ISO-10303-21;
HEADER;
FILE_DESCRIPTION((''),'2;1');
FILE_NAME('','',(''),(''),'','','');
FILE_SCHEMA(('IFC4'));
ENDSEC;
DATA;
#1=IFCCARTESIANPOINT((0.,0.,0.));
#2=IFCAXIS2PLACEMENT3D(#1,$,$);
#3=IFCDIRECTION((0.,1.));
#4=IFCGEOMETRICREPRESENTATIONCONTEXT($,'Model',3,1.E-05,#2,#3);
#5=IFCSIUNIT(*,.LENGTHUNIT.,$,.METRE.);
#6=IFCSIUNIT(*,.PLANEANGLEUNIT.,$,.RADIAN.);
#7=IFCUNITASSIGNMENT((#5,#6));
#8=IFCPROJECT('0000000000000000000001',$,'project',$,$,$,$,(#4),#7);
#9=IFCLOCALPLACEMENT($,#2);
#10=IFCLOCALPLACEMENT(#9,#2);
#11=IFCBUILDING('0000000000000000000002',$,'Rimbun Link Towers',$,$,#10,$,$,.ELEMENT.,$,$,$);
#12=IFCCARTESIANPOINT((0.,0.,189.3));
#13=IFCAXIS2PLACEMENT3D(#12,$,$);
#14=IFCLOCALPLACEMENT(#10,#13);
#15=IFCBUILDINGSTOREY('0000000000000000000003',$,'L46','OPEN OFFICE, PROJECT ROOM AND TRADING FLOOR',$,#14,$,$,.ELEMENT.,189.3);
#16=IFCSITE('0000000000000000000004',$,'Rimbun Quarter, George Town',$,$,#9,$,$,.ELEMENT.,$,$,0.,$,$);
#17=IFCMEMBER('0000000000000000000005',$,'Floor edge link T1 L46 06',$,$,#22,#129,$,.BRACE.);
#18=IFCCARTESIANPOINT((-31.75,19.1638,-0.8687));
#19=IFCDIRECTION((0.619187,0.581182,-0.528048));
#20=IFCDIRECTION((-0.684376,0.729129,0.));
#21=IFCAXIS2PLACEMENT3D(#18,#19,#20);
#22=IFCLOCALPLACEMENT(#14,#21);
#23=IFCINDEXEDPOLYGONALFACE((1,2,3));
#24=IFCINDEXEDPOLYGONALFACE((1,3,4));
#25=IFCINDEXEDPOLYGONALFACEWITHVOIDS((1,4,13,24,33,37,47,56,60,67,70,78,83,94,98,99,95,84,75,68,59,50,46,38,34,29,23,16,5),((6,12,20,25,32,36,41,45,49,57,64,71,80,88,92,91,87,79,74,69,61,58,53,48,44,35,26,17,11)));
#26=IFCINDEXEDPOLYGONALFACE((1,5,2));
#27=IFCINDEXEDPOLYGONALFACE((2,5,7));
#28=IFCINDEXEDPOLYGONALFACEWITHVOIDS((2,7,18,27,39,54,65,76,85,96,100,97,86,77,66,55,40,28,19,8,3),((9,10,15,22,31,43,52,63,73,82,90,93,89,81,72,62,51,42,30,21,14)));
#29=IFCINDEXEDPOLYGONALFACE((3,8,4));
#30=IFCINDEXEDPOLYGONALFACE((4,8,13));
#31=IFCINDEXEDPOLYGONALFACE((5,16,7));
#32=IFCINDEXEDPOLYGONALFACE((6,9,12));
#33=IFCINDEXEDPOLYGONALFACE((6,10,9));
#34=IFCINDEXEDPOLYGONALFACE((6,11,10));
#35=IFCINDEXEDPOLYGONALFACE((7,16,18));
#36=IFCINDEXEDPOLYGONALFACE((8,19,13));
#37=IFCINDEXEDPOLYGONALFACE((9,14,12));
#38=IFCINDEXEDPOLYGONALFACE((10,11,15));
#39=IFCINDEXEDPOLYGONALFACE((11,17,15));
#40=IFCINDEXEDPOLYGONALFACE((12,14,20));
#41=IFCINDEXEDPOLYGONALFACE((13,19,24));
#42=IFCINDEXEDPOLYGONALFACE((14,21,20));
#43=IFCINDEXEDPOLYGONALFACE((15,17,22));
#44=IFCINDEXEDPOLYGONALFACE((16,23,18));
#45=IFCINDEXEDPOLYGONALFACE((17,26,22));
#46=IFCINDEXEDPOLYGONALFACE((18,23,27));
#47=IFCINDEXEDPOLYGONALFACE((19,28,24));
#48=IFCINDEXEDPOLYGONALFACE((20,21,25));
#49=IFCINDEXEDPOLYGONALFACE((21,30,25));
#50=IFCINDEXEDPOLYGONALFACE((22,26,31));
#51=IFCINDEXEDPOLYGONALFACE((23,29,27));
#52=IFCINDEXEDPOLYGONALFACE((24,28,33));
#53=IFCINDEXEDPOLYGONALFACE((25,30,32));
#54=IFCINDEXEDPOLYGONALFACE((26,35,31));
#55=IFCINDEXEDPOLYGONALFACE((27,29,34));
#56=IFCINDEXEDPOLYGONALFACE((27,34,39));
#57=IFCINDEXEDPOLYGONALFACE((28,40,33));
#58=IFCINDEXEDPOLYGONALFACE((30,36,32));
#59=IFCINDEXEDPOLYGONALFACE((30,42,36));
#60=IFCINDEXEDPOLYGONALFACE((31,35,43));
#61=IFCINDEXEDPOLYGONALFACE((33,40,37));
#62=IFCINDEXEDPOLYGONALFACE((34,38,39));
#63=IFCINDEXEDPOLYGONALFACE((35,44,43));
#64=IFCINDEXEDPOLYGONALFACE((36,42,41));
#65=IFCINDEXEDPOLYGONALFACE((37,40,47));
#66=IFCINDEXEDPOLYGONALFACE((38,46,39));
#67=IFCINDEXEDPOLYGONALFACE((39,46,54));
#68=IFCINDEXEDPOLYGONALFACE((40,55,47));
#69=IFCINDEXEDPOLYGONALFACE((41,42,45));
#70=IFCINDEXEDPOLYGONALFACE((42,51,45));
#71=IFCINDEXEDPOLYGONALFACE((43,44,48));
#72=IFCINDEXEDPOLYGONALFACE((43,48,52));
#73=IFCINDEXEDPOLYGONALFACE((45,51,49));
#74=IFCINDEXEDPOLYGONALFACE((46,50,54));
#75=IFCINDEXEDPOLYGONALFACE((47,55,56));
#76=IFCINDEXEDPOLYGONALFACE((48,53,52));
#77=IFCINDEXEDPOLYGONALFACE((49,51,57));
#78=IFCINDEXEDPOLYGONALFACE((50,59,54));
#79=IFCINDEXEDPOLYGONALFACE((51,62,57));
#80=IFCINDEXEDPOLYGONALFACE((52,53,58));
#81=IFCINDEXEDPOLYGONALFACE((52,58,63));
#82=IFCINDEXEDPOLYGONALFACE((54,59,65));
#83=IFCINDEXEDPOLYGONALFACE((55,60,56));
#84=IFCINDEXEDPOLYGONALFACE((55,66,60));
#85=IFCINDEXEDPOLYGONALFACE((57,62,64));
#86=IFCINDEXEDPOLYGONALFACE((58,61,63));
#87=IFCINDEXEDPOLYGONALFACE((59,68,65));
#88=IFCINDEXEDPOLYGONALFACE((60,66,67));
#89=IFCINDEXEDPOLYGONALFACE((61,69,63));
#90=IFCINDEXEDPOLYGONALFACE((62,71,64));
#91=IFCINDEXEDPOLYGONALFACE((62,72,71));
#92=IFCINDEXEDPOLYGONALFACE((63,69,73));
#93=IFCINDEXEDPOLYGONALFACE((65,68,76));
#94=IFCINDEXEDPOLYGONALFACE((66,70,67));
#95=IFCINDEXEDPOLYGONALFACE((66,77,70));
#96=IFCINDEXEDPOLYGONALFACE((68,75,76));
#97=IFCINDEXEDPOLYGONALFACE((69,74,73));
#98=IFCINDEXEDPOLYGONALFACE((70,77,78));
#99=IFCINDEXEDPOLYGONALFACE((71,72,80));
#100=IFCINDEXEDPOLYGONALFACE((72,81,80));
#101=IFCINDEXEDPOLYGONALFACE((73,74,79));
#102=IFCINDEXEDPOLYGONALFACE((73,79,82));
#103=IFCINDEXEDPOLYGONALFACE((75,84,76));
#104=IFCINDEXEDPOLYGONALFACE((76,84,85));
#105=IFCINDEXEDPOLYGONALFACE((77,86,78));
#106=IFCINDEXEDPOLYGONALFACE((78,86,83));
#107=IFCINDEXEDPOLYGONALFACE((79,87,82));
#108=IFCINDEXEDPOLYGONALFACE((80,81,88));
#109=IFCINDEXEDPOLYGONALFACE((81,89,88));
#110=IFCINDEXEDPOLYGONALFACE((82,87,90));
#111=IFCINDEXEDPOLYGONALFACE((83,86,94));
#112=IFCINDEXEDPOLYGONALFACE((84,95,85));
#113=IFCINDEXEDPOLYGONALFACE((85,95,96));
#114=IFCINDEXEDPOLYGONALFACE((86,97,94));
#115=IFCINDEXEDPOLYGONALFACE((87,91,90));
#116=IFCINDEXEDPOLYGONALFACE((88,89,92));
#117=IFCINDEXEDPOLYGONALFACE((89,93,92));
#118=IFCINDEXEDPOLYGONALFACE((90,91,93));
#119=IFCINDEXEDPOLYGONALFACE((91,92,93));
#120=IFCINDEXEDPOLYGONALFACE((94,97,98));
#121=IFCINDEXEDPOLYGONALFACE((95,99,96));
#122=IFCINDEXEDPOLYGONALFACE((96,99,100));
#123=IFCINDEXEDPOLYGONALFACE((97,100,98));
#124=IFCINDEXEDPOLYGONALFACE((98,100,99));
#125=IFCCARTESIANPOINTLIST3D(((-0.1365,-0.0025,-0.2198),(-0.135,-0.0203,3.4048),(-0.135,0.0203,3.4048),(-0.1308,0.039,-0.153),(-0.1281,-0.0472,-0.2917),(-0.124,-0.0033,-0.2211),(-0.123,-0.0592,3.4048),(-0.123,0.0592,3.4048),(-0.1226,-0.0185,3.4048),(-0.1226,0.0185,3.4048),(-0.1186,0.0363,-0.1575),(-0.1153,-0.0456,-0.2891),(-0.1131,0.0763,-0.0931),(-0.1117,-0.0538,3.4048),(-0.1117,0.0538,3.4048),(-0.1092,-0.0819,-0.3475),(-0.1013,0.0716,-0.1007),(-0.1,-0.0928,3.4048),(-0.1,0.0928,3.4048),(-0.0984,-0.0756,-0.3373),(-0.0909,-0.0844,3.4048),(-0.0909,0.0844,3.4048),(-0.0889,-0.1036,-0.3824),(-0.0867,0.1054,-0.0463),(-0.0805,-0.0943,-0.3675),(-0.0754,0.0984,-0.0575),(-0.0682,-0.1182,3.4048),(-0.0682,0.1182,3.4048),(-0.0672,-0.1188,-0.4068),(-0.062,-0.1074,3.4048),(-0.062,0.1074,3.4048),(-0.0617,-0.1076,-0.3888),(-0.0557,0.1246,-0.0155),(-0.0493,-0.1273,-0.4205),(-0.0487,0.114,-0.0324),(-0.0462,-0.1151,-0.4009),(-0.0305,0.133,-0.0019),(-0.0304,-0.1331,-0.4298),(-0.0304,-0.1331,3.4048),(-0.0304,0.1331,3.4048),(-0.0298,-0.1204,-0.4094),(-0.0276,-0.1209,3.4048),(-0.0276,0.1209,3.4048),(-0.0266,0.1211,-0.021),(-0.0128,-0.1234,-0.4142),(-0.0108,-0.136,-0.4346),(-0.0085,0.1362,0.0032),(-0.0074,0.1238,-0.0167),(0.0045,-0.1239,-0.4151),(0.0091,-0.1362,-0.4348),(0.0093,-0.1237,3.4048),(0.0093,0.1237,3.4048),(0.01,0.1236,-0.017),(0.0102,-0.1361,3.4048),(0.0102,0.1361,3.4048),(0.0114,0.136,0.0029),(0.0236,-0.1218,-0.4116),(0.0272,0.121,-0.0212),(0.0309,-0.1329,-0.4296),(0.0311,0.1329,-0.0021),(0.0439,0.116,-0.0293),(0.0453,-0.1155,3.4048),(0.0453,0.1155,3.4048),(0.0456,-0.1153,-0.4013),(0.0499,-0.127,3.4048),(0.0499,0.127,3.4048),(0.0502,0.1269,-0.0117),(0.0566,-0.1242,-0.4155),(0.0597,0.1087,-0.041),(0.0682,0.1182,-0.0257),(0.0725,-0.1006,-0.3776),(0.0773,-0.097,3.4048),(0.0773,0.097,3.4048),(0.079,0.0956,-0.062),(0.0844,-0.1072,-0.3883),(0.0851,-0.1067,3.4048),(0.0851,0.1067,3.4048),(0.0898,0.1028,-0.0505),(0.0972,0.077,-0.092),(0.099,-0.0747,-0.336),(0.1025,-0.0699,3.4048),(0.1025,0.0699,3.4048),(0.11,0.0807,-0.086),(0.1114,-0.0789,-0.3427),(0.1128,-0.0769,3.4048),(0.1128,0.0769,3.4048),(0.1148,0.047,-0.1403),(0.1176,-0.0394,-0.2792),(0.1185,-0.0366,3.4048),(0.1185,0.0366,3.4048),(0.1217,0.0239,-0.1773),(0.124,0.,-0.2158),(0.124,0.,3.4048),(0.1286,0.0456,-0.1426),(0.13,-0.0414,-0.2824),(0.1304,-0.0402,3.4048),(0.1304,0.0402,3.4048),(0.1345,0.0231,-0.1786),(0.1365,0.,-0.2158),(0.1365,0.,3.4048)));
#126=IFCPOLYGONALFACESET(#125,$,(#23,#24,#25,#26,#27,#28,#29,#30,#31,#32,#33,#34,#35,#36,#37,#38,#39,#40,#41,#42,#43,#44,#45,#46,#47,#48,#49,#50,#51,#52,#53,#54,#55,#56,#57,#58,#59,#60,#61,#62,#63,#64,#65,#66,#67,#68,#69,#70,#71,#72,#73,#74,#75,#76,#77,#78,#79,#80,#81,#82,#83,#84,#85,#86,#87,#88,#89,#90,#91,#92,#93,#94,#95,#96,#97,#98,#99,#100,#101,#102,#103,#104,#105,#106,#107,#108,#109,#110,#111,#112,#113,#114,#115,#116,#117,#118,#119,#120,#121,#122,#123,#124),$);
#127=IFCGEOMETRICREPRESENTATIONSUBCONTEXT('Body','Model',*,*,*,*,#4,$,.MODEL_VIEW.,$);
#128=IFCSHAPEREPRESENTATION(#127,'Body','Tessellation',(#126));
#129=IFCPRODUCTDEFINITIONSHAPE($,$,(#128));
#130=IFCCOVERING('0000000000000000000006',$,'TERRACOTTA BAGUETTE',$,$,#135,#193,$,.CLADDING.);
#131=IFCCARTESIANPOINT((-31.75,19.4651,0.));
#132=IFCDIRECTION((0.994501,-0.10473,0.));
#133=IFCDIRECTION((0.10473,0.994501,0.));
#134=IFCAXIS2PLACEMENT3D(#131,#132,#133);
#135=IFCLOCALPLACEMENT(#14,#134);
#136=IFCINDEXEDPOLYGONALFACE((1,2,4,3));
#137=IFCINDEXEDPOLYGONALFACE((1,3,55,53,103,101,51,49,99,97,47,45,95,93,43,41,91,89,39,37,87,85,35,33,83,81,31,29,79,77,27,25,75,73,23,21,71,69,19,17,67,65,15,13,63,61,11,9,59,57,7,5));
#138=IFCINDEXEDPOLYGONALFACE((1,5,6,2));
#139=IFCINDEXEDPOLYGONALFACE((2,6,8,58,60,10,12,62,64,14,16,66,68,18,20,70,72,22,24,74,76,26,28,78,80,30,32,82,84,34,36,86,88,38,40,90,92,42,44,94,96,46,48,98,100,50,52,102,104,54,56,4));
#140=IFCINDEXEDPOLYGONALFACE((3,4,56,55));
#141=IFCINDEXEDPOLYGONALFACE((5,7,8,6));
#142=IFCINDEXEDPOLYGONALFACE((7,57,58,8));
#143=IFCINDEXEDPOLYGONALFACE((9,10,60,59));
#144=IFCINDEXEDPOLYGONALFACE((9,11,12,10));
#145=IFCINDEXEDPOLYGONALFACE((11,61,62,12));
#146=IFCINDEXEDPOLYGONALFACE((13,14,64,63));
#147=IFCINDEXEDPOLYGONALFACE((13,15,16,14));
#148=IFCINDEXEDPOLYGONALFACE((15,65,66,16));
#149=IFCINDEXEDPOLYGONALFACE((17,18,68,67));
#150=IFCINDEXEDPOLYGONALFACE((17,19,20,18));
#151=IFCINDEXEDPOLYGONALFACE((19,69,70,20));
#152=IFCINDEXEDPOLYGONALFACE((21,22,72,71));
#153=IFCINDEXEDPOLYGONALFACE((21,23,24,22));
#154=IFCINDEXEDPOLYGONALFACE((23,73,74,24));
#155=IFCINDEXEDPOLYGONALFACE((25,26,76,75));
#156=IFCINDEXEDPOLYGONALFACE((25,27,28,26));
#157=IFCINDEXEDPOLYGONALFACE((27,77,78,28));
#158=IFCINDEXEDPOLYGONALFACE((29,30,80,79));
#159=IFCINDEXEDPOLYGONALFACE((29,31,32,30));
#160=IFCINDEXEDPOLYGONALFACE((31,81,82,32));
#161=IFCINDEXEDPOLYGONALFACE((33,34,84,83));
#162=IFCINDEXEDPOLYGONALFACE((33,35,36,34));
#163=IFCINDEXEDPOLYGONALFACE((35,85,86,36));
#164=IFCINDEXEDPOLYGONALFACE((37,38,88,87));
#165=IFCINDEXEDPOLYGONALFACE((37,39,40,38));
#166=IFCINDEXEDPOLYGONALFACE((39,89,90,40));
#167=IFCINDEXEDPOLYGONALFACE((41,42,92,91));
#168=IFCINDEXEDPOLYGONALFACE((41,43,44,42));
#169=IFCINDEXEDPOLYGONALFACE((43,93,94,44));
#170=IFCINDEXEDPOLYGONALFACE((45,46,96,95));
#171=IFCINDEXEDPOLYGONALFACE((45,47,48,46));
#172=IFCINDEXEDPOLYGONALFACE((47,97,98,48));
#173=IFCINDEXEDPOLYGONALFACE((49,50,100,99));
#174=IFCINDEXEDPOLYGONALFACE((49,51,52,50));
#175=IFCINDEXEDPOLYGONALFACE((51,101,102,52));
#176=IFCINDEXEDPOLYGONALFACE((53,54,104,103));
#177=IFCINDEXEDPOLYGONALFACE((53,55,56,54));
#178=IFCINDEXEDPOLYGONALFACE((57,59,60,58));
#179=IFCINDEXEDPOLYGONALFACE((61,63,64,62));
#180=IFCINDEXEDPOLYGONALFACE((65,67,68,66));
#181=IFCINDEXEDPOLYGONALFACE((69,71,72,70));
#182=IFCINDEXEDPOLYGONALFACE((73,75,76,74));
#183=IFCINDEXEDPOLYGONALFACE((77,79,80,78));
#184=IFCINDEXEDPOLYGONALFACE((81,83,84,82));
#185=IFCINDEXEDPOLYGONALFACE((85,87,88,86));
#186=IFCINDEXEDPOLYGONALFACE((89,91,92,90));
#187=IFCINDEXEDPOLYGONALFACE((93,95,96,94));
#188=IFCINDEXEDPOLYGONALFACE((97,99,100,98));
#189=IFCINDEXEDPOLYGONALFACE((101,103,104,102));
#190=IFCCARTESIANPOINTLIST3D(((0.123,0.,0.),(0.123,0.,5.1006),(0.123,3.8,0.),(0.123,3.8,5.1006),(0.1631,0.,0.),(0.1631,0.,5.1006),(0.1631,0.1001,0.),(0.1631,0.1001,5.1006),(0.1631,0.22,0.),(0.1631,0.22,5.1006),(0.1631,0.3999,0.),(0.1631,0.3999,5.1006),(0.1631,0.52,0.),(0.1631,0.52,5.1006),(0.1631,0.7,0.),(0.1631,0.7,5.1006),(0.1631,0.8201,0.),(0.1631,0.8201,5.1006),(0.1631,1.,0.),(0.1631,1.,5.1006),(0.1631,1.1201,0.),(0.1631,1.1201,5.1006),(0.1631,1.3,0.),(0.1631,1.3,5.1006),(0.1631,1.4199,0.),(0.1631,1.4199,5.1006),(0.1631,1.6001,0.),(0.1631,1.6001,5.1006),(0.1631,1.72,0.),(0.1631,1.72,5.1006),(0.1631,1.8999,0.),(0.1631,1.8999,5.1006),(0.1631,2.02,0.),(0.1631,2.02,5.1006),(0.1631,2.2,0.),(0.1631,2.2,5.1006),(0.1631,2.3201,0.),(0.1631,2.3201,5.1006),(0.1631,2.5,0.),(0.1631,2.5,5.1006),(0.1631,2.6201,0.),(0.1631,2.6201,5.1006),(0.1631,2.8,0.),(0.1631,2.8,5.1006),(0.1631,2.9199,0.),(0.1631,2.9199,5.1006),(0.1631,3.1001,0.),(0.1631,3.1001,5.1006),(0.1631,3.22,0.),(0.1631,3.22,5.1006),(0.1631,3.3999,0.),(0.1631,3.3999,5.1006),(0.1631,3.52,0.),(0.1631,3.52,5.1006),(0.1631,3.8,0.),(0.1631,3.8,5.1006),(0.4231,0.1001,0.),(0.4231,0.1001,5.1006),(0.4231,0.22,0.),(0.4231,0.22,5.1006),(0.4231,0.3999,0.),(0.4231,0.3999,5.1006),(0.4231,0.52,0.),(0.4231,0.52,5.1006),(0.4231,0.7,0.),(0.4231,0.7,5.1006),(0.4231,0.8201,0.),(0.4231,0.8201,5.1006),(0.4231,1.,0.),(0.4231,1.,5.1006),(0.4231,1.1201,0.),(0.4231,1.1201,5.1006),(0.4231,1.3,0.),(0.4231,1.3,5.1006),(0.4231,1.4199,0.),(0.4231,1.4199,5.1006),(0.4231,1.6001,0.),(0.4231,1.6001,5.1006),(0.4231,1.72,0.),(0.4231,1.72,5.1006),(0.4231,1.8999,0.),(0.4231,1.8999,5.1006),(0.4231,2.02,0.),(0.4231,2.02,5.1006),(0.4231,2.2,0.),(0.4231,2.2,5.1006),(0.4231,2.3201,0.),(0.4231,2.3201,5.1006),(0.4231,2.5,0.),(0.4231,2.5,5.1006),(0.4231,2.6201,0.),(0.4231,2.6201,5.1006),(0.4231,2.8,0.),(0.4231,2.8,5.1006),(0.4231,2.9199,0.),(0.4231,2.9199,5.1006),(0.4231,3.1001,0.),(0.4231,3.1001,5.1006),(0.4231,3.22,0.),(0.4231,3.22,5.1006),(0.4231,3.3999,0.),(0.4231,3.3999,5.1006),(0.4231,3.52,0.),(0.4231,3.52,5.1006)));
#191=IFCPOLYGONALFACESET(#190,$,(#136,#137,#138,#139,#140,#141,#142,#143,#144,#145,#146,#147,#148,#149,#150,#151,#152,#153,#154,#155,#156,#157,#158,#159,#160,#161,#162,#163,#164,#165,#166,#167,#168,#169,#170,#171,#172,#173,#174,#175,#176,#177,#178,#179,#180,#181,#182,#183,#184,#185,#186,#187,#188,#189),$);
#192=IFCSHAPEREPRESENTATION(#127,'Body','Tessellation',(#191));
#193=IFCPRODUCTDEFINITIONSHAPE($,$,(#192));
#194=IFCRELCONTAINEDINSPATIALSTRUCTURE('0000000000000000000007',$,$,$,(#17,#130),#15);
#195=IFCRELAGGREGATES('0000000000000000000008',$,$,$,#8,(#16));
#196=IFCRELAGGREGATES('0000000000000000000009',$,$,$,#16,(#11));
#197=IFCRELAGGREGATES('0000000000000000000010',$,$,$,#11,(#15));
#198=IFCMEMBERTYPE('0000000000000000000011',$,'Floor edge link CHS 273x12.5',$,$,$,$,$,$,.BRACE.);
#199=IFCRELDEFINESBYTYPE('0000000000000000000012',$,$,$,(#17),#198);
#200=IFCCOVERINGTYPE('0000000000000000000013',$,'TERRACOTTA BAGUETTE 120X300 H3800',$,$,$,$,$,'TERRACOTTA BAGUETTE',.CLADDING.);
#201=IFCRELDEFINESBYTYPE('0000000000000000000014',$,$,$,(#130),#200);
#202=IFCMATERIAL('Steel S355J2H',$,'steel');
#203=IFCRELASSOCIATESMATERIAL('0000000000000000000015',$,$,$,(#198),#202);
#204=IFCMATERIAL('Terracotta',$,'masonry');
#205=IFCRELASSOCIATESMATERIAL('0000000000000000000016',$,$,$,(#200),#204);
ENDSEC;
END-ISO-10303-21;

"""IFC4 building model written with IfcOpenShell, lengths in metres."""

from ifc_helpers import new_model, si_unit, direction, frame, origin, origin_2d, place, context, subcontext, project, spatial, polyline, hollow_circle, outline, extrude, clip, halfspace, material, material_profile, profile_set, type_object, element, save


model = new_model("IFC4")

# Units and contexts
model_context = context("Model", 3, precision=1e-05, world=origin(), true_north=direction((0.0, 1.0)))
body_context = subcontext(model_context, "Body", "Model", "MODEL_VIEW")
ifc_project = project(units=[si_unit("LENGTHUNIT", "METRE"), si_unit("PLANEANGLEUNIT", "RADIAN")], contexts=[model_context])

# Site, building, storey
site_placement = place(None, origin())
site = spatial("IfcSite", under=ifc_project, at=site_placement, Name="Rimbun Quarter, George Town", CompositionType="ELEMENT", RefElevation=0.0)
building_placement = place(site_placement, origin())
building = spatial("IfcBuilding", under=site, at=building_placement, Name="Rimbun Link Towers", CompositionType="ELEMENT")
storey_placement = place(building_placement, frame((0.0, 0.0, 189.3)))
storey = spatial("IfcBuildingStorey", under=building, at=storey_placement, Name="L46", Description="OPEN OFFICE, PROJECT ROOM AND TRADING FLOOR", CompositionType="ELEMENT", Elevation=189.3)

# Member
ifc_material_1 = material(Name="Steel S355J2H", Category="steel")
ifc_material_profile_1 = material_profile(ifc_material_1, hollow_circle(Radius=0.1365, WallThickness=0.0125, at=origin_2d()), Name="CHS 273x12.5")
ifc_profile_set_1 = profile_set([ifc_material_profile_1], Name="Steel S355J2H")
member_type_1 = type_object("IfcMemberType", Name="Floor edge link CHS 273x12.5", PredefinedType="BRACE", material=ifc_profile_set_1)
member_1_placement = place(storey_placement, frame((-31.75, 19.1638, -0.8687), z_axis=(0.619187, 0.581182, -0.528048), x_axis=(-0.684376, 0.729129, 0.0)))
element("IfcMember", 1, at=member_1_placement, inside=storey, type_object=member_type_1, Name="Floor edge link T1 L46 06", PredefinedType="BRACE", context=body_context, shape_type="Clipping", body=[
    clip(extrude(hollow_circle(Radius=0.1365, WallThickness=0.0125, at=origin_2d()), frame((0.0, 0.0, -0.458)), (0.0, 0.0, 1.0), 3.8628), halfspace(frame((0.0, 0.0, -0.2158), z_axis=(0.0, 0.849215, -0.528048)), False)),
])

# Covering
ifc_material_2 = material(Name="Terracotta", Category="masonry")
ifc_material_profile_2 = material_profile(ifc_material_2, outline(polyline([(0.123, 0.0), (0.1631, 0.0), (0.1631, 0.1001), (0.4231, 0.1001), (0.4231, 0.22), (0.1631, 0.22), (0.1631, 0.3999), (0.4231, 0.3999), (0.4231, 0.52), (0.1631, 0.52), (0.1631, 0.7), (0.4231, 0.7), (0.4231, 0.8201), (0.1631, 0.8201), (0.1631, 1.0), (0.4231, 1.0), (0.4231, 1.1201), (0.1631, 1.1201), (0.1631, 1.3), (0.4231, 1.3), (0.4231, 1.4199), (0.1631, 1.4199), (0.1631, 1.6001), (0.4231, 1.6001), (0.4231, 1.72), (0.1631, 1.72), (0.1631, 1.8999), (0.4231, 1.8999), (0.4231, 2.02), (0.1631, 2.02), (0.1631, 2.2), (0.4231, 2.2), (0.4231, 2.3201), (0.1631, 2.3201), (0.1631, 2.5), (0.4231, 2.5), (0.4231, 2.6201), (0.1631, 2.6201), (0.1631, 2.8), (0.4231, 2.8), (0.4231, 2.9199), (0.1631, 2.9199), (0.1631, 3.1001), (0.4231, 3.1001), (0.4231, 3.22), (0.1631, 3.22), (0.1631, 3.3999), (0.4231, 3.3999), (0.4231, 3.52), (0.1631, 3.52), (0.1631, 3.8), (0.123, 3.8), (0.123, 0.0)])), Name="BAGUETTE 120X300")
ifc_profile_set_2 = profile_set([ifc_material_profile_2], Name="Terracotta")
covering_type = type_object("IfcCoveringType", Name="TERRACOTTA BAGUETTE 120X300 H3800", ElementType="TERRACOTTA BAGUETTE", PredefinedType="CLADDING", material=ifc_profile_set_2)
for number, where, z_axis, x_axis, name in (
    (2, (-31.75, 19.4651, 0.0), (0.994501, -0.10473, 0.0), (0.10473, 0.994501, 0.0), "TERRACOTTA BAGUETTE"),
):
    element("IfcCovering", number, at=place(storey_placement, frame(where, z_axis=z_axis, x_axis=x_axis)), inside=storey, type_object=covering_type, Name=name, PredefinedType="CLADDING", context=body_context, shape_type="SweptSolid", body=[
        extrude(outline(polyline([(0.123, 0.0), (0.1631, 0.0), (0.1631, 0.1001), (0.4231, 0.1001), (0.4231, 0.22), (0.1631, 0.22), (0.1631, 0.3999), (0.4231, 0.3999), (0.4231, 0.52), (0.1631, 0.52), (0.1631, 0.7), (0.4231, 0.7), (0.4231, 0.8201), (0.1631, 0.8201), (0.1631, 1.0), (0.4231, 1.0), (0.4231, 1.1201), (0.1631, 1.1201), (0.1631, 1.3), (0.4231, 1.3), (0.4231, 1.4199), (0.1631, 1.4199), (0.1631, 1.6001), (0.4231, 1.6001), (0.4231, 1.72), (0.1631, 1.72), (0.1631, 1.8999), (0.4231, 1.8999), (0.4231, 2.02), (0.1631, 2.02), (0.1631, 2.2), (0.4231, 2.2), (0.4231, 2.3201), (0.1631, 2.3201), (0.1631, 2.5), (0.4231, 2.5), (0.4231, 2.6201), (0.1631, 2.6201), (0.1631, 2.8), (0.4231, 2.8), (0.4231, 2.9199), (0.1631, 2.9199), (0.1631, 3.1001), (0.4231, 3.1001), (0.4231, 3.22), (0.1631, 3.22), (0.1631, 3.3999), (0.4231, 3.3999), (0.4231, 3.52), (0.1631, 3.52), (0.1631, 3.8), (0.123, 3.8), (0.123, 0.0)])), origin(), (0.0, 0.0, 1.0), 5.1006),
    ])

save(model, "model.ifc")
